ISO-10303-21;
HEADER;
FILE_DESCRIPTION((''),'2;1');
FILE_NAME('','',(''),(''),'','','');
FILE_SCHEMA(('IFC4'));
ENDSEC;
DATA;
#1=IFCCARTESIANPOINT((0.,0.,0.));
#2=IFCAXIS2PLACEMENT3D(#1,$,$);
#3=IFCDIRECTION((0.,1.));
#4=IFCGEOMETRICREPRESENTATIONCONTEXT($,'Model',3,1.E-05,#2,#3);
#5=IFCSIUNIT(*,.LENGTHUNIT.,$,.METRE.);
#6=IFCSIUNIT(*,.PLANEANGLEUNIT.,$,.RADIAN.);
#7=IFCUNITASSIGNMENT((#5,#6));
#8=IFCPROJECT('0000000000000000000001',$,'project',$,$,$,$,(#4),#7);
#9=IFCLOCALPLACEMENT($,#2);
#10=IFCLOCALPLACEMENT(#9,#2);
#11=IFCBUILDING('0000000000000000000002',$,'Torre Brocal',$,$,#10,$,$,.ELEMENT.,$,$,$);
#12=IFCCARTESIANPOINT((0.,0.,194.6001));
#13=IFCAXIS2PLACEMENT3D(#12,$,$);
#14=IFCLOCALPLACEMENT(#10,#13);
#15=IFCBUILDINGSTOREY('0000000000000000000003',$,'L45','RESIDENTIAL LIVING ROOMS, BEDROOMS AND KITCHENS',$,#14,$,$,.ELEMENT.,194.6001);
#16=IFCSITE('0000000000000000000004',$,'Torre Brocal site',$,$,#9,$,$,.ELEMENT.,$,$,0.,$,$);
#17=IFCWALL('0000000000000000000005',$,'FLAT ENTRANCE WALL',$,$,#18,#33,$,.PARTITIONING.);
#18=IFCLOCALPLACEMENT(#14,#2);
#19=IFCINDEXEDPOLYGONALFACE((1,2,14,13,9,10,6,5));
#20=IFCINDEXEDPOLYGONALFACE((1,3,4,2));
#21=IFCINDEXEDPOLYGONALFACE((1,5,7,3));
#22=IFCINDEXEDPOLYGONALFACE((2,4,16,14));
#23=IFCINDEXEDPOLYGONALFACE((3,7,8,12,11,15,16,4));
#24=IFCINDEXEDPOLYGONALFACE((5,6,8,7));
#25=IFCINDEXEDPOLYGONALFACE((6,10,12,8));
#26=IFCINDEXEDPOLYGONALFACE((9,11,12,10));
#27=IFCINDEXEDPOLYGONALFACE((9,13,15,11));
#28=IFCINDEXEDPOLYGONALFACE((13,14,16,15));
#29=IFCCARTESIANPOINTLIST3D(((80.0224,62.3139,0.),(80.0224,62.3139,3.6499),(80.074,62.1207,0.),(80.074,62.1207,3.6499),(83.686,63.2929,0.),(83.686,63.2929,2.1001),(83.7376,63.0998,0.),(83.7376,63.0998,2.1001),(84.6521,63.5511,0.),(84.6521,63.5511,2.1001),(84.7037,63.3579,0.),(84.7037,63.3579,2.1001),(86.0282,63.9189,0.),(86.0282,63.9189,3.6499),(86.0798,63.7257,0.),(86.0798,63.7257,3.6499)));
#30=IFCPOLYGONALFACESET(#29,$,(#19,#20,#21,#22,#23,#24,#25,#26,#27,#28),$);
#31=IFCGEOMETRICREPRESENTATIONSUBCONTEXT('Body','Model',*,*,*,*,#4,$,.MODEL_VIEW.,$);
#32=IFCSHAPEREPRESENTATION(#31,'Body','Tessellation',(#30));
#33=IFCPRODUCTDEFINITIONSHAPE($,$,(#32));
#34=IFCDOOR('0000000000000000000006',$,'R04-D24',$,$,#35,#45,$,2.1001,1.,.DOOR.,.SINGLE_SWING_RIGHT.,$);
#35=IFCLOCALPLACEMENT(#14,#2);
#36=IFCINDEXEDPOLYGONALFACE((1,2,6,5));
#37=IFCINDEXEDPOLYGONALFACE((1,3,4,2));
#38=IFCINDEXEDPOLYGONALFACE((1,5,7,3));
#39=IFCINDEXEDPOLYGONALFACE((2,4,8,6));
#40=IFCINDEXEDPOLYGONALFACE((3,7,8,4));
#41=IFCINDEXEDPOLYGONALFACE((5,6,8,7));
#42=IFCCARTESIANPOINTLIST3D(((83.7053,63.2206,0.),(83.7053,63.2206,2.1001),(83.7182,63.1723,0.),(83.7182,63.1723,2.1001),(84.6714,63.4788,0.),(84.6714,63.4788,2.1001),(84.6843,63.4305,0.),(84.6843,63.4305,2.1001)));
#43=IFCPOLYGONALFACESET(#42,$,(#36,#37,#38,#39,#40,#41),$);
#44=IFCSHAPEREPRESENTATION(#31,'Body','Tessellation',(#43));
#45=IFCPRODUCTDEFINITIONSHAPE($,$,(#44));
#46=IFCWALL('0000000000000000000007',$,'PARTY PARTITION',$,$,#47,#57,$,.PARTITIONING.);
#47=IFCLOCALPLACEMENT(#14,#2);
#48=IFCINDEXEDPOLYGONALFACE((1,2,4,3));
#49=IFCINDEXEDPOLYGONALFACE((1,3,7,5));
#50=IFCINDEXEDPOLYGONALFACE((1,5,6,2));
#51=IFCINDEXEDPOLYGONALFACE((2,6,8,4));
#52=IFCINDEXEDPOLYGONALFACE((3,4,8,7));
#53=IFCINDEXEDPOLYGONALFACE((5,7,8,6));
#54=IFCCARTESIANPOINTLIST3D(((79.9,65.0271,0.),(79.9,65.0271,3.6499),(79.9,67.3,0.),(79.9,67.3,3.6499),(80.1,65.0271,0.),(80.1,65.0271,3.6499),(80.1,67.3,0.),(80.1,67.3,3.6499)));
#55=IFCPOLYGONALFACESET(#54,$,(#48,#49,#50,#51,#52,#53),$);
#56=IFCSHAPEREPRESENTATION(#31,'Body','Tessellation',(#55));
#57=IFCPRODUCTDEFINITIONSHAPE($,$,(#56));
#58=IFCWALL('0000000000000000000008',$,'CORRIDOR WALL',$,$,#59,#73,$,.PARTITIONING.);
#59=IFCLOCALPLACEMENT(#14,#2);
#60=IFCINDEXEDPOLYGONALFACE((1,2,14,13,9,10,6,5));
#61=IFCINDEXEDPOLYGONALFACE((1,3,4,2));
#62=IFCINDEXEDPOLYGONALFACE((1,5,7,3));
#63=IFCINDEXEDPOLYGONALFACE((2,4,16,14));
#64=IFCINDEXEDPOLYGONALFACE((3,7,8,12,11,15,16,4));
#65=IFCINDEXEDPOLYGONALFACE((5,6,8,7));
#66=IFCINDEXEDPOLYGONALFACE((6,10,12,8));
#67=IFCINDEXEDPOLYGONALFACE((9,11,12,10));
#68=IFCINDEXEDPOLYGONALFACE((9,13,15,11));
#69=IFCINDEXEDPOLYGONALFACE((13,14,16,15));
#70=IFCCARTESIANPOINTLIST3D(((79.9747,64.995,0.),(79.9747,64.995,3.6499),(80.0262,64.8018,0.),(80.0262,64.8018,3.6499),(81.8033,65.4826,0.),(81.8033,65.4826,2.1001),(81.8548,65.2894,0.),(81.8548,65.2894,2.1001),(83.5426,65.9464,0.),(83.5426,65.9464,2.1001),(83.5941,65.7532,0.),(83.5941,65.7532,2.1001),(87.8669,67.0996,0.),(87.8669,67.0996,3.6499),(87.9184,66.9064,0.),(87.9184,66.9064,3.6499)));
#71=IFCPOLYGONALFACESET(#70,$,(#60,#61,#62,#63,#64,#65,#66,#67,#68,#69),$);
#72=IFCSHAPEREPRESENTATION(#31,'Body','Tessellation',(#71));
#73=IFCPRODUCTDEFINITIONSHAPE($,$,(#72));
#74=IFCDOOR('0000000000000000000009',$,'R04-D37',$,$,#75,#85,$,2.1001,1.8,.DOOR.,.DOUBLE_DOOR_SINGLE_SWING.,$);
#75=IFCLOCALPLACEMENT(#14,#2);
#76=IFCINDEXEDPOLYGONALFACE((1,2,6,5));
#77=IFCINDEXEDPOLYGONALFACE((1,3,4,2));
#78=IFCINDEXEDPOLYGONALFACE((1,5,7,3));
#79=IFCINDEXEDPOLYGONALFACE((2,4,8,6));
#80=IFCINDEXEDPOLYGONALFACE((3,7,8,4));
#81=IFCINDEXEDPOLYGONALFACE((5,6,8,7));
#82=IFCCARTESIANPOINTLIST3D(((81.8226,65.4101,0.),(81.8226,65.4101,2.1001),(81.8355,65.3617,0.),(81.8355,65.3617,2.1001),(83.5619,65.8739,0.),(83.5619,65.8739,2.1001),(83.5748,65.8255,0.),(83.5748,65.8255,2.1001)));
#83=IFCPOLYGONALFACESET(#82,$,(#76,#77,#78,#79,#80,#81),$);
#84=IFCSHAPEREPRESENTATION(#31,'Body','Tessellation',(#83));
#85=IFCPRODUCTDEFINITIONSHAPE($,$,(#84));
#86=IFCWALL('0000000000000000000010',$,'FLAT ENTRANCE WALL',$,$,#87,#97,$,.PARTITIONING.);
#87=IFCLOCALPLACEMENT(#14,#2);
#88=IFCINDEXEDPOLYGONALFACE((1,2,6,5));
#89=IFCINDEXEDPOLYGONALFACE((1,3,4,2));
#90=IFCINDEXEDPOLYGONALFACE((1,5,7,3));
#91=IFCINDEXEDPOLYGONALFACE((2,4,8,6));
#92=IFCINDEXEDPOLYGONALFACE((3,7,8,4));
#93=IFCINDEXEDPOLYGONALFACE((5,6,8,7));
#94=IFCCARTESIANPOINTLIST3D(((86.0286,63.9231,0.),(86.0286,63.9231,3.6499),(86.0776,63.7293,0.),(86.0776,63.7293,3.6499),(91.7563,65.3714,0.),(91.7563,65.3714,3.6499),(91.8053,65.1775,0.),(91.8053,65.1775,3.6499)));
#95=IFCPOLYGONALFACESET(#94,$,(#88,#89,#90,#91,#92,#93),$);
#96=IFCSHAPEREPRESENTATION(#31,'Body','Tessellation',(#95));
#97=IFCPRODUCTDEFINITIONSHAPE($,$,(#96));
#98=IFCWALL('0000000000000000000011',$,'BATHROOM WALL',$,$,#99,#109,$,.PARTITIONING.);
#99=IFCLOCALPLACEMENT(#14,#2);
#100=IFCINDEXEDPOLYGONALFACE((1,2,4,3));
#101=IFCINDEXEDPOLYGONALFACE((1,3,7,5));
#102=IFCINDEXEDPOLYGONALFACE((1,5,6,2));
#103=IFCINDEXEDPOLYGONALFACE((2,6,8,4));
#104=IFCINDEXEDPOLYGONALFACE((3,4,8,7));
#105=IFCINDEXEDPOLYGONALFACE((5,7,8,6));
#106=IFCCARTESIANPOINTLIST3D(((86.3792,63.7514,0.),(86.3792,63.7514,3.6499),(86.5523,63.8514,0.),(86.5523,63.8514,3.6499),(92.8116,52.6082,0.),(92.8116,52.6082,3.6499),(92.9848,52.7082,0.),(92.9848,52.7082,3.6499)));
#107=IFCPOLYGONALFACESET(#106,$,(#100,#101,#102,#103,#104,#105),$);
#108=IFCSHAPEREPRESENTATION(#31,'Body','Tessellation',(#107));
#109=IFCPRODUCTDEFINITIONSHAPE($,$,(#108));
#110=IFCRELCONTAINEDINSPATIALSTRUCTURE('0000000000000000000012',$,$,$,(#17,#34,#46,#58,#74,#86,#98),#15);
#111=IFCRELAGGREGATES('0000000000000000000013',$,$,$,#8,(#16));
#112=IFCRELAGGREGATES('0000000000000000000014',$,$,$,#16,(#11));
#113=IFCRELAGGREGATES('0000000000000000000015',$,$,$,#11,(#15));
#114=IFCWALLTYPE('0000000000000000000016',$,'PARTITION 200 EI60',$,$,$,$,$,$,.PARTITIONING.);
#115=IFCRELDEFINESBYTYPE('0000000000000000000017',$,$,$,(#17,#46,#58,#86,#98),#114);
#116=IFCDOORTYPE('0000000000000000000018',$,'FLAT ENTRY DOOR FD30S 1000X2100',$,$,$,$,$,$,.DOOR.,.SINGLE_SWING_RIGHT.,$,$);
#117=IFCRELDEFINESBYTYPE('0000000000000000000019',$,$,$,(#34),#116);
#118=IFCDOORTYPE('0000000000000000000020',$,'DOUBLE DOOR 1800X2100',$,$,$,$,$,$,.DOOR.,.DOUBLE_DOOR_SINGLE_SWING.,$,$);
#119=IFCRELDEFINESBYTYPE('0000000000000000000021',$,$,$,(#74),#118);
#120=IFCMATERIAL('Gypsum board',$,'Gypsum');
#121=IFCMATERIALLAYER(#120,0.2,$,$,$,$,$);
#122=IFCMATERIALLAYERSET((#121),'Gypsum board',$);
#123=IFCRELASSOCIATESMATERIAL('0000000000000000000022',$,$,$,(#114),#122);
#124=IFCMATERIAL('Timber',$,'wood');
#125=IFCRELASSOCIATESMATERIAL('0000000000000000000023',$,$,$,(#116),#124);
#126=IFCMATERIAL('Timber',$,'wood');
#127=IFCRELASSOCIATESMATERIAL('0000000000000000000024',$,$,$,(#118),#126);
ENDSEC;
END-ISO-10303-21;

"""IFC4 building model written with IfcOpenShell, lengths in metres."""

from ifc_helpers import new_model, si_unit, direction, frame, frame_2d, origin, place, context, subcontext, project, spatial, rectangle, extrude, material, layer, layer_set, type_object, element, fill, save


model = new_model("IFC4")

# Units and contexts
model_context = context("Model", 3, precision=1e-05, world=origin(), true_north=direction((0.0, 1.0)))
body_context = subcontext(model_context, "Body", "Model", "MODEL_VIEW")
ifc_project = project(units=[si_unit("LENGTHUNIT", "METRE"), si_unit("PLANEANGLEUNIT", "RADIAN")], contexts=[model_context])

# Site, building, storey
site_placement = place(None, origin())
site = spatial("IfcSite", under=ifc_project, at=site_placement, Name="Torre Brocal site", CompositionType="ELEMENT", RefElevation=0.0)
building_placement = place(site_placement, origin())
building = spatial("IfcBuilding", under=site, at=building_placement, Name="Torre Brocal", CompositionType="ELEMENT")
storey_placement = place(building_placement, frame((0.0, 0.0, 194.6001)))
storey = spatial("IfcBuildingStorey", under=building, at=storey_placement, Name="L45", Description="RESIDENTIAL LIVING ROOMS, BEDROOMS AND KITCHENS", CompositionType="ELEMENT", Elevation=194.6001)

# Wall, opening, door
ifc_material_1 = material(Name="Gypsum board", Category="Gypsum")
ifc_layer_1 = layer(ifc_material_1, 0.2)
ifc_layer_set_1 = layer_set([ifc_layer_1], Name="Gypsum board")
wall_type_1 = type_object("IfcWallType", Name="PARTITION 200 EI60", PredefinedType="PARTITIONING", material=ifc_layer_set_1)
wall_1_placement = place(storey_placement, frame((80.0481, 62.2173, 0.0), z_axis=(0.0, 0.0, 1.0), x_axis=(0.966098, 0.258176, 0.0)))
wall_1 = element("IfcWall", 1, at=wall_1_placement, inside=storey, type_object=wall_type_1, Name="FLAT ENTRANCE WALL", PredefinedType="PARTITIONING", context=body_context, shape_type="SweptSolid", body=[
    extrude(rectangle(XDim=6.2166, YDim=0.2, at=frame_2d((3.1084, 0.0))), origin(), (0.0, 0.0, 1.0), 3.6499),
])
opening_1_placement = place(wall_1_placement, frame((3.7922, 0.0, 0.0)))
opening_1 = element("IfcOpeningElement", 2, at=opening_1_placement, cuts=wall_1, PredefinedType="OPENING", context=body_context, shape_type="SweptSolid", body=[
    extrude(rectangle(XDim=1.0, YDim=2.1001, at=frame_2d((0.5, 1.05))), frame((0.0, 0.1099, 0.0), z_axis=(0.0, -1.0, 0.0), x_axis=(1.0, 0.0, 0.0)), (0.0, 0.0, 1.0), 0.22),
])
ifc_material_2 = material(Name="Timber", Category="wood")
door_type_1 = type_object("IfcDoorType", Name="FLAT ENTRY DOOR FD30S 1000X2100", OperationType="SINGLE_SWING_RIGHT", PredefinedType="DOOR", material=ifc_material_2)
door_1_placement = place(opening_1_placement, frame((1.0, 0.0, 0.0), z_axis=(0.0, 0.0, 1.0), x_axis=(-1.0, 0.0, 0.0)))
door_1 = element("IfcDoor", 3, at=door_1_placement, inside=storey, type_object=door_type_1, Name="R04-D24", OperationType="SINGLE_SWING_RIGHT", OverallHeight=2.1001, OverallWidth=1.0, PredefinedType="DOOR", context=body_context, shape_type="SweptSolid", body=[
    extrude(rectangle(XDim=1.0, YDim=2.1001, at=frame_2d((0.5, 1.05))), frame((0.0, 0.0249, 0.0), z_axis=(0.0, -1.0, 0.0), x_axis=(1.0, 0.0, 0.0)), (0.0, 0.0, 1.0), 0.05),
])
fill(opening_1, door_1)

# Wall
wall_2_placement = place(storey_placement, frame((80.0, 65.0271, 0.0), z_axis=(0.0, 0.0, 1.0), x_axis=(0.0, 1.0, 0.0)))
element("IfcWall", 4, at=wall_2_placement, inside=storey, type_object=wall_type_1, Name="PARTY PARTITION", PredefinedType="PARTITIONING", context=body_context, shape_type="SweptSolid", body=[
    extrude(rectangle(XDim=2.2729, YDim=0.2, at=frame_2d((1.1365, 0.0))), origin(), (0.0, 0.0, 1.0), 3.6499),
])

# Wall, opening, door
wall_3_placement = place(storey_placement, frame((80.0005, 64.8984, 0.0), z_axis=(0.0, 0.0, 1.0), x_axis=(0.966237, 0.257655, 0.0)))
wall_3 = element("IfcWall", 5, at=wall_3_placement, inside=storey, type_object=wall_type_1, Name="CORRIDOR WALL", PredefinedType="PARTITIONING", context=body_context, shape_type="SweptSolid", body=[
    extrude(rectangle(XDim=8.168, YDim=0.2, at=frame_2d((4.084, 0.0))), origin(), (0.0, 0.0, 1.0), 3.6499),
])
opening_2_placement = place(wall_3_placement, frame((1.8926, 0.0, 0.0)))
opening_2 = element("IfcOpeningElement", 6, at=opening_2_placement, cuts=wall_3, PredefinedType="OPENING", context=body_context, shape_type="SweptSolid", body=[
    extrude(rectangle(XDim=1.8, YDim=2.1001, at=frame_2d((0.8999, 1.05))), frame((0.0, 0.1099, 0.0), z_axis=(0.0, -1.0, 0.0), x_axis=(1.0, 0.0, 0.0)), (0.0, 0.0, 1.0), 0.22),
])
ifc_material_3 = material(Name="Timber", Category="wood")
door_type_2 = type_object("IfcDoorType", Name="DOUBLE DOOR 1800X2100", OperationType="DOUBLE_DOOR_SINGLE_SWING", PredefinedType="DOOR", material=ifc_material_3)
door_2_placement = place(opening_2_placement, origin())
door_2 = element("IfcDoor", 7, at=door_2_placement, inside=storey, type_object=door_type_2, Name="R04-D37", OperationType="DOUBLE_DOOR_SINGLE_SWING", OverallHeight=2.1001, OverallWidth=1.8, PredefinedType="DOOR", context=body_context, shape_type="SweptSolid", body=[
    extrude(rectangle(XDim=1.8, YDim=2.1001, at=frame_2d((0.8999, 1.05))), frame((0.0, 0.0249, 0.0), z_axis=(0.0, -1.0, 0.0), x_axis=(1.0, 0.0, 0.0)), (0.0, 0.0, 1.0), 0.05),
])
fill(opening_2, door_2)

# Walls
wall_4_placement = place(storey_placement, frame((86.053, 63.8262, 0.0), z_axis=(0.0, 0.0, 1.0), x_axis=(0.96949, 0.245131, 0.0)))
element("IfcWall", 8, at=wall_4_placement, inside=storey, type_object=wall_type_1, Name="FLAT ENTRANCE WALL", PredefinedType="PARTITIONING", context=body_context, shape_type="SweptSolid", body=[
    extrude(rectangle(XDim=5.908, YDim=0.2, at=frame_2d((2.9541, 0.0))), origin(), (0.0, 0.0, 1.0), 3.6499),
])
wall_5_placement = place(storey_placement, frame((86.4658, 63.8013, 0.0), z_axis=(0.0, 0.0, 1.0), x_axis=(0.499937, -0.866062, 0.0)))
element("IfcWall", 9, at=wall_5_placement, inside=storey, type_object=wall_type_1, Name="BATHROOM WALL", PredefinedType="PARTITIONING", context=body_context, shape_type="SweptSolid", body=[
    extrude(rectangle(XDim=12.8665, YDim=0.2, at=frame_2d((6.4331, 0.0))), origin(), (0.0, 0.0, 1.0), 3.6499),
])

save(model, "model.ifc")
